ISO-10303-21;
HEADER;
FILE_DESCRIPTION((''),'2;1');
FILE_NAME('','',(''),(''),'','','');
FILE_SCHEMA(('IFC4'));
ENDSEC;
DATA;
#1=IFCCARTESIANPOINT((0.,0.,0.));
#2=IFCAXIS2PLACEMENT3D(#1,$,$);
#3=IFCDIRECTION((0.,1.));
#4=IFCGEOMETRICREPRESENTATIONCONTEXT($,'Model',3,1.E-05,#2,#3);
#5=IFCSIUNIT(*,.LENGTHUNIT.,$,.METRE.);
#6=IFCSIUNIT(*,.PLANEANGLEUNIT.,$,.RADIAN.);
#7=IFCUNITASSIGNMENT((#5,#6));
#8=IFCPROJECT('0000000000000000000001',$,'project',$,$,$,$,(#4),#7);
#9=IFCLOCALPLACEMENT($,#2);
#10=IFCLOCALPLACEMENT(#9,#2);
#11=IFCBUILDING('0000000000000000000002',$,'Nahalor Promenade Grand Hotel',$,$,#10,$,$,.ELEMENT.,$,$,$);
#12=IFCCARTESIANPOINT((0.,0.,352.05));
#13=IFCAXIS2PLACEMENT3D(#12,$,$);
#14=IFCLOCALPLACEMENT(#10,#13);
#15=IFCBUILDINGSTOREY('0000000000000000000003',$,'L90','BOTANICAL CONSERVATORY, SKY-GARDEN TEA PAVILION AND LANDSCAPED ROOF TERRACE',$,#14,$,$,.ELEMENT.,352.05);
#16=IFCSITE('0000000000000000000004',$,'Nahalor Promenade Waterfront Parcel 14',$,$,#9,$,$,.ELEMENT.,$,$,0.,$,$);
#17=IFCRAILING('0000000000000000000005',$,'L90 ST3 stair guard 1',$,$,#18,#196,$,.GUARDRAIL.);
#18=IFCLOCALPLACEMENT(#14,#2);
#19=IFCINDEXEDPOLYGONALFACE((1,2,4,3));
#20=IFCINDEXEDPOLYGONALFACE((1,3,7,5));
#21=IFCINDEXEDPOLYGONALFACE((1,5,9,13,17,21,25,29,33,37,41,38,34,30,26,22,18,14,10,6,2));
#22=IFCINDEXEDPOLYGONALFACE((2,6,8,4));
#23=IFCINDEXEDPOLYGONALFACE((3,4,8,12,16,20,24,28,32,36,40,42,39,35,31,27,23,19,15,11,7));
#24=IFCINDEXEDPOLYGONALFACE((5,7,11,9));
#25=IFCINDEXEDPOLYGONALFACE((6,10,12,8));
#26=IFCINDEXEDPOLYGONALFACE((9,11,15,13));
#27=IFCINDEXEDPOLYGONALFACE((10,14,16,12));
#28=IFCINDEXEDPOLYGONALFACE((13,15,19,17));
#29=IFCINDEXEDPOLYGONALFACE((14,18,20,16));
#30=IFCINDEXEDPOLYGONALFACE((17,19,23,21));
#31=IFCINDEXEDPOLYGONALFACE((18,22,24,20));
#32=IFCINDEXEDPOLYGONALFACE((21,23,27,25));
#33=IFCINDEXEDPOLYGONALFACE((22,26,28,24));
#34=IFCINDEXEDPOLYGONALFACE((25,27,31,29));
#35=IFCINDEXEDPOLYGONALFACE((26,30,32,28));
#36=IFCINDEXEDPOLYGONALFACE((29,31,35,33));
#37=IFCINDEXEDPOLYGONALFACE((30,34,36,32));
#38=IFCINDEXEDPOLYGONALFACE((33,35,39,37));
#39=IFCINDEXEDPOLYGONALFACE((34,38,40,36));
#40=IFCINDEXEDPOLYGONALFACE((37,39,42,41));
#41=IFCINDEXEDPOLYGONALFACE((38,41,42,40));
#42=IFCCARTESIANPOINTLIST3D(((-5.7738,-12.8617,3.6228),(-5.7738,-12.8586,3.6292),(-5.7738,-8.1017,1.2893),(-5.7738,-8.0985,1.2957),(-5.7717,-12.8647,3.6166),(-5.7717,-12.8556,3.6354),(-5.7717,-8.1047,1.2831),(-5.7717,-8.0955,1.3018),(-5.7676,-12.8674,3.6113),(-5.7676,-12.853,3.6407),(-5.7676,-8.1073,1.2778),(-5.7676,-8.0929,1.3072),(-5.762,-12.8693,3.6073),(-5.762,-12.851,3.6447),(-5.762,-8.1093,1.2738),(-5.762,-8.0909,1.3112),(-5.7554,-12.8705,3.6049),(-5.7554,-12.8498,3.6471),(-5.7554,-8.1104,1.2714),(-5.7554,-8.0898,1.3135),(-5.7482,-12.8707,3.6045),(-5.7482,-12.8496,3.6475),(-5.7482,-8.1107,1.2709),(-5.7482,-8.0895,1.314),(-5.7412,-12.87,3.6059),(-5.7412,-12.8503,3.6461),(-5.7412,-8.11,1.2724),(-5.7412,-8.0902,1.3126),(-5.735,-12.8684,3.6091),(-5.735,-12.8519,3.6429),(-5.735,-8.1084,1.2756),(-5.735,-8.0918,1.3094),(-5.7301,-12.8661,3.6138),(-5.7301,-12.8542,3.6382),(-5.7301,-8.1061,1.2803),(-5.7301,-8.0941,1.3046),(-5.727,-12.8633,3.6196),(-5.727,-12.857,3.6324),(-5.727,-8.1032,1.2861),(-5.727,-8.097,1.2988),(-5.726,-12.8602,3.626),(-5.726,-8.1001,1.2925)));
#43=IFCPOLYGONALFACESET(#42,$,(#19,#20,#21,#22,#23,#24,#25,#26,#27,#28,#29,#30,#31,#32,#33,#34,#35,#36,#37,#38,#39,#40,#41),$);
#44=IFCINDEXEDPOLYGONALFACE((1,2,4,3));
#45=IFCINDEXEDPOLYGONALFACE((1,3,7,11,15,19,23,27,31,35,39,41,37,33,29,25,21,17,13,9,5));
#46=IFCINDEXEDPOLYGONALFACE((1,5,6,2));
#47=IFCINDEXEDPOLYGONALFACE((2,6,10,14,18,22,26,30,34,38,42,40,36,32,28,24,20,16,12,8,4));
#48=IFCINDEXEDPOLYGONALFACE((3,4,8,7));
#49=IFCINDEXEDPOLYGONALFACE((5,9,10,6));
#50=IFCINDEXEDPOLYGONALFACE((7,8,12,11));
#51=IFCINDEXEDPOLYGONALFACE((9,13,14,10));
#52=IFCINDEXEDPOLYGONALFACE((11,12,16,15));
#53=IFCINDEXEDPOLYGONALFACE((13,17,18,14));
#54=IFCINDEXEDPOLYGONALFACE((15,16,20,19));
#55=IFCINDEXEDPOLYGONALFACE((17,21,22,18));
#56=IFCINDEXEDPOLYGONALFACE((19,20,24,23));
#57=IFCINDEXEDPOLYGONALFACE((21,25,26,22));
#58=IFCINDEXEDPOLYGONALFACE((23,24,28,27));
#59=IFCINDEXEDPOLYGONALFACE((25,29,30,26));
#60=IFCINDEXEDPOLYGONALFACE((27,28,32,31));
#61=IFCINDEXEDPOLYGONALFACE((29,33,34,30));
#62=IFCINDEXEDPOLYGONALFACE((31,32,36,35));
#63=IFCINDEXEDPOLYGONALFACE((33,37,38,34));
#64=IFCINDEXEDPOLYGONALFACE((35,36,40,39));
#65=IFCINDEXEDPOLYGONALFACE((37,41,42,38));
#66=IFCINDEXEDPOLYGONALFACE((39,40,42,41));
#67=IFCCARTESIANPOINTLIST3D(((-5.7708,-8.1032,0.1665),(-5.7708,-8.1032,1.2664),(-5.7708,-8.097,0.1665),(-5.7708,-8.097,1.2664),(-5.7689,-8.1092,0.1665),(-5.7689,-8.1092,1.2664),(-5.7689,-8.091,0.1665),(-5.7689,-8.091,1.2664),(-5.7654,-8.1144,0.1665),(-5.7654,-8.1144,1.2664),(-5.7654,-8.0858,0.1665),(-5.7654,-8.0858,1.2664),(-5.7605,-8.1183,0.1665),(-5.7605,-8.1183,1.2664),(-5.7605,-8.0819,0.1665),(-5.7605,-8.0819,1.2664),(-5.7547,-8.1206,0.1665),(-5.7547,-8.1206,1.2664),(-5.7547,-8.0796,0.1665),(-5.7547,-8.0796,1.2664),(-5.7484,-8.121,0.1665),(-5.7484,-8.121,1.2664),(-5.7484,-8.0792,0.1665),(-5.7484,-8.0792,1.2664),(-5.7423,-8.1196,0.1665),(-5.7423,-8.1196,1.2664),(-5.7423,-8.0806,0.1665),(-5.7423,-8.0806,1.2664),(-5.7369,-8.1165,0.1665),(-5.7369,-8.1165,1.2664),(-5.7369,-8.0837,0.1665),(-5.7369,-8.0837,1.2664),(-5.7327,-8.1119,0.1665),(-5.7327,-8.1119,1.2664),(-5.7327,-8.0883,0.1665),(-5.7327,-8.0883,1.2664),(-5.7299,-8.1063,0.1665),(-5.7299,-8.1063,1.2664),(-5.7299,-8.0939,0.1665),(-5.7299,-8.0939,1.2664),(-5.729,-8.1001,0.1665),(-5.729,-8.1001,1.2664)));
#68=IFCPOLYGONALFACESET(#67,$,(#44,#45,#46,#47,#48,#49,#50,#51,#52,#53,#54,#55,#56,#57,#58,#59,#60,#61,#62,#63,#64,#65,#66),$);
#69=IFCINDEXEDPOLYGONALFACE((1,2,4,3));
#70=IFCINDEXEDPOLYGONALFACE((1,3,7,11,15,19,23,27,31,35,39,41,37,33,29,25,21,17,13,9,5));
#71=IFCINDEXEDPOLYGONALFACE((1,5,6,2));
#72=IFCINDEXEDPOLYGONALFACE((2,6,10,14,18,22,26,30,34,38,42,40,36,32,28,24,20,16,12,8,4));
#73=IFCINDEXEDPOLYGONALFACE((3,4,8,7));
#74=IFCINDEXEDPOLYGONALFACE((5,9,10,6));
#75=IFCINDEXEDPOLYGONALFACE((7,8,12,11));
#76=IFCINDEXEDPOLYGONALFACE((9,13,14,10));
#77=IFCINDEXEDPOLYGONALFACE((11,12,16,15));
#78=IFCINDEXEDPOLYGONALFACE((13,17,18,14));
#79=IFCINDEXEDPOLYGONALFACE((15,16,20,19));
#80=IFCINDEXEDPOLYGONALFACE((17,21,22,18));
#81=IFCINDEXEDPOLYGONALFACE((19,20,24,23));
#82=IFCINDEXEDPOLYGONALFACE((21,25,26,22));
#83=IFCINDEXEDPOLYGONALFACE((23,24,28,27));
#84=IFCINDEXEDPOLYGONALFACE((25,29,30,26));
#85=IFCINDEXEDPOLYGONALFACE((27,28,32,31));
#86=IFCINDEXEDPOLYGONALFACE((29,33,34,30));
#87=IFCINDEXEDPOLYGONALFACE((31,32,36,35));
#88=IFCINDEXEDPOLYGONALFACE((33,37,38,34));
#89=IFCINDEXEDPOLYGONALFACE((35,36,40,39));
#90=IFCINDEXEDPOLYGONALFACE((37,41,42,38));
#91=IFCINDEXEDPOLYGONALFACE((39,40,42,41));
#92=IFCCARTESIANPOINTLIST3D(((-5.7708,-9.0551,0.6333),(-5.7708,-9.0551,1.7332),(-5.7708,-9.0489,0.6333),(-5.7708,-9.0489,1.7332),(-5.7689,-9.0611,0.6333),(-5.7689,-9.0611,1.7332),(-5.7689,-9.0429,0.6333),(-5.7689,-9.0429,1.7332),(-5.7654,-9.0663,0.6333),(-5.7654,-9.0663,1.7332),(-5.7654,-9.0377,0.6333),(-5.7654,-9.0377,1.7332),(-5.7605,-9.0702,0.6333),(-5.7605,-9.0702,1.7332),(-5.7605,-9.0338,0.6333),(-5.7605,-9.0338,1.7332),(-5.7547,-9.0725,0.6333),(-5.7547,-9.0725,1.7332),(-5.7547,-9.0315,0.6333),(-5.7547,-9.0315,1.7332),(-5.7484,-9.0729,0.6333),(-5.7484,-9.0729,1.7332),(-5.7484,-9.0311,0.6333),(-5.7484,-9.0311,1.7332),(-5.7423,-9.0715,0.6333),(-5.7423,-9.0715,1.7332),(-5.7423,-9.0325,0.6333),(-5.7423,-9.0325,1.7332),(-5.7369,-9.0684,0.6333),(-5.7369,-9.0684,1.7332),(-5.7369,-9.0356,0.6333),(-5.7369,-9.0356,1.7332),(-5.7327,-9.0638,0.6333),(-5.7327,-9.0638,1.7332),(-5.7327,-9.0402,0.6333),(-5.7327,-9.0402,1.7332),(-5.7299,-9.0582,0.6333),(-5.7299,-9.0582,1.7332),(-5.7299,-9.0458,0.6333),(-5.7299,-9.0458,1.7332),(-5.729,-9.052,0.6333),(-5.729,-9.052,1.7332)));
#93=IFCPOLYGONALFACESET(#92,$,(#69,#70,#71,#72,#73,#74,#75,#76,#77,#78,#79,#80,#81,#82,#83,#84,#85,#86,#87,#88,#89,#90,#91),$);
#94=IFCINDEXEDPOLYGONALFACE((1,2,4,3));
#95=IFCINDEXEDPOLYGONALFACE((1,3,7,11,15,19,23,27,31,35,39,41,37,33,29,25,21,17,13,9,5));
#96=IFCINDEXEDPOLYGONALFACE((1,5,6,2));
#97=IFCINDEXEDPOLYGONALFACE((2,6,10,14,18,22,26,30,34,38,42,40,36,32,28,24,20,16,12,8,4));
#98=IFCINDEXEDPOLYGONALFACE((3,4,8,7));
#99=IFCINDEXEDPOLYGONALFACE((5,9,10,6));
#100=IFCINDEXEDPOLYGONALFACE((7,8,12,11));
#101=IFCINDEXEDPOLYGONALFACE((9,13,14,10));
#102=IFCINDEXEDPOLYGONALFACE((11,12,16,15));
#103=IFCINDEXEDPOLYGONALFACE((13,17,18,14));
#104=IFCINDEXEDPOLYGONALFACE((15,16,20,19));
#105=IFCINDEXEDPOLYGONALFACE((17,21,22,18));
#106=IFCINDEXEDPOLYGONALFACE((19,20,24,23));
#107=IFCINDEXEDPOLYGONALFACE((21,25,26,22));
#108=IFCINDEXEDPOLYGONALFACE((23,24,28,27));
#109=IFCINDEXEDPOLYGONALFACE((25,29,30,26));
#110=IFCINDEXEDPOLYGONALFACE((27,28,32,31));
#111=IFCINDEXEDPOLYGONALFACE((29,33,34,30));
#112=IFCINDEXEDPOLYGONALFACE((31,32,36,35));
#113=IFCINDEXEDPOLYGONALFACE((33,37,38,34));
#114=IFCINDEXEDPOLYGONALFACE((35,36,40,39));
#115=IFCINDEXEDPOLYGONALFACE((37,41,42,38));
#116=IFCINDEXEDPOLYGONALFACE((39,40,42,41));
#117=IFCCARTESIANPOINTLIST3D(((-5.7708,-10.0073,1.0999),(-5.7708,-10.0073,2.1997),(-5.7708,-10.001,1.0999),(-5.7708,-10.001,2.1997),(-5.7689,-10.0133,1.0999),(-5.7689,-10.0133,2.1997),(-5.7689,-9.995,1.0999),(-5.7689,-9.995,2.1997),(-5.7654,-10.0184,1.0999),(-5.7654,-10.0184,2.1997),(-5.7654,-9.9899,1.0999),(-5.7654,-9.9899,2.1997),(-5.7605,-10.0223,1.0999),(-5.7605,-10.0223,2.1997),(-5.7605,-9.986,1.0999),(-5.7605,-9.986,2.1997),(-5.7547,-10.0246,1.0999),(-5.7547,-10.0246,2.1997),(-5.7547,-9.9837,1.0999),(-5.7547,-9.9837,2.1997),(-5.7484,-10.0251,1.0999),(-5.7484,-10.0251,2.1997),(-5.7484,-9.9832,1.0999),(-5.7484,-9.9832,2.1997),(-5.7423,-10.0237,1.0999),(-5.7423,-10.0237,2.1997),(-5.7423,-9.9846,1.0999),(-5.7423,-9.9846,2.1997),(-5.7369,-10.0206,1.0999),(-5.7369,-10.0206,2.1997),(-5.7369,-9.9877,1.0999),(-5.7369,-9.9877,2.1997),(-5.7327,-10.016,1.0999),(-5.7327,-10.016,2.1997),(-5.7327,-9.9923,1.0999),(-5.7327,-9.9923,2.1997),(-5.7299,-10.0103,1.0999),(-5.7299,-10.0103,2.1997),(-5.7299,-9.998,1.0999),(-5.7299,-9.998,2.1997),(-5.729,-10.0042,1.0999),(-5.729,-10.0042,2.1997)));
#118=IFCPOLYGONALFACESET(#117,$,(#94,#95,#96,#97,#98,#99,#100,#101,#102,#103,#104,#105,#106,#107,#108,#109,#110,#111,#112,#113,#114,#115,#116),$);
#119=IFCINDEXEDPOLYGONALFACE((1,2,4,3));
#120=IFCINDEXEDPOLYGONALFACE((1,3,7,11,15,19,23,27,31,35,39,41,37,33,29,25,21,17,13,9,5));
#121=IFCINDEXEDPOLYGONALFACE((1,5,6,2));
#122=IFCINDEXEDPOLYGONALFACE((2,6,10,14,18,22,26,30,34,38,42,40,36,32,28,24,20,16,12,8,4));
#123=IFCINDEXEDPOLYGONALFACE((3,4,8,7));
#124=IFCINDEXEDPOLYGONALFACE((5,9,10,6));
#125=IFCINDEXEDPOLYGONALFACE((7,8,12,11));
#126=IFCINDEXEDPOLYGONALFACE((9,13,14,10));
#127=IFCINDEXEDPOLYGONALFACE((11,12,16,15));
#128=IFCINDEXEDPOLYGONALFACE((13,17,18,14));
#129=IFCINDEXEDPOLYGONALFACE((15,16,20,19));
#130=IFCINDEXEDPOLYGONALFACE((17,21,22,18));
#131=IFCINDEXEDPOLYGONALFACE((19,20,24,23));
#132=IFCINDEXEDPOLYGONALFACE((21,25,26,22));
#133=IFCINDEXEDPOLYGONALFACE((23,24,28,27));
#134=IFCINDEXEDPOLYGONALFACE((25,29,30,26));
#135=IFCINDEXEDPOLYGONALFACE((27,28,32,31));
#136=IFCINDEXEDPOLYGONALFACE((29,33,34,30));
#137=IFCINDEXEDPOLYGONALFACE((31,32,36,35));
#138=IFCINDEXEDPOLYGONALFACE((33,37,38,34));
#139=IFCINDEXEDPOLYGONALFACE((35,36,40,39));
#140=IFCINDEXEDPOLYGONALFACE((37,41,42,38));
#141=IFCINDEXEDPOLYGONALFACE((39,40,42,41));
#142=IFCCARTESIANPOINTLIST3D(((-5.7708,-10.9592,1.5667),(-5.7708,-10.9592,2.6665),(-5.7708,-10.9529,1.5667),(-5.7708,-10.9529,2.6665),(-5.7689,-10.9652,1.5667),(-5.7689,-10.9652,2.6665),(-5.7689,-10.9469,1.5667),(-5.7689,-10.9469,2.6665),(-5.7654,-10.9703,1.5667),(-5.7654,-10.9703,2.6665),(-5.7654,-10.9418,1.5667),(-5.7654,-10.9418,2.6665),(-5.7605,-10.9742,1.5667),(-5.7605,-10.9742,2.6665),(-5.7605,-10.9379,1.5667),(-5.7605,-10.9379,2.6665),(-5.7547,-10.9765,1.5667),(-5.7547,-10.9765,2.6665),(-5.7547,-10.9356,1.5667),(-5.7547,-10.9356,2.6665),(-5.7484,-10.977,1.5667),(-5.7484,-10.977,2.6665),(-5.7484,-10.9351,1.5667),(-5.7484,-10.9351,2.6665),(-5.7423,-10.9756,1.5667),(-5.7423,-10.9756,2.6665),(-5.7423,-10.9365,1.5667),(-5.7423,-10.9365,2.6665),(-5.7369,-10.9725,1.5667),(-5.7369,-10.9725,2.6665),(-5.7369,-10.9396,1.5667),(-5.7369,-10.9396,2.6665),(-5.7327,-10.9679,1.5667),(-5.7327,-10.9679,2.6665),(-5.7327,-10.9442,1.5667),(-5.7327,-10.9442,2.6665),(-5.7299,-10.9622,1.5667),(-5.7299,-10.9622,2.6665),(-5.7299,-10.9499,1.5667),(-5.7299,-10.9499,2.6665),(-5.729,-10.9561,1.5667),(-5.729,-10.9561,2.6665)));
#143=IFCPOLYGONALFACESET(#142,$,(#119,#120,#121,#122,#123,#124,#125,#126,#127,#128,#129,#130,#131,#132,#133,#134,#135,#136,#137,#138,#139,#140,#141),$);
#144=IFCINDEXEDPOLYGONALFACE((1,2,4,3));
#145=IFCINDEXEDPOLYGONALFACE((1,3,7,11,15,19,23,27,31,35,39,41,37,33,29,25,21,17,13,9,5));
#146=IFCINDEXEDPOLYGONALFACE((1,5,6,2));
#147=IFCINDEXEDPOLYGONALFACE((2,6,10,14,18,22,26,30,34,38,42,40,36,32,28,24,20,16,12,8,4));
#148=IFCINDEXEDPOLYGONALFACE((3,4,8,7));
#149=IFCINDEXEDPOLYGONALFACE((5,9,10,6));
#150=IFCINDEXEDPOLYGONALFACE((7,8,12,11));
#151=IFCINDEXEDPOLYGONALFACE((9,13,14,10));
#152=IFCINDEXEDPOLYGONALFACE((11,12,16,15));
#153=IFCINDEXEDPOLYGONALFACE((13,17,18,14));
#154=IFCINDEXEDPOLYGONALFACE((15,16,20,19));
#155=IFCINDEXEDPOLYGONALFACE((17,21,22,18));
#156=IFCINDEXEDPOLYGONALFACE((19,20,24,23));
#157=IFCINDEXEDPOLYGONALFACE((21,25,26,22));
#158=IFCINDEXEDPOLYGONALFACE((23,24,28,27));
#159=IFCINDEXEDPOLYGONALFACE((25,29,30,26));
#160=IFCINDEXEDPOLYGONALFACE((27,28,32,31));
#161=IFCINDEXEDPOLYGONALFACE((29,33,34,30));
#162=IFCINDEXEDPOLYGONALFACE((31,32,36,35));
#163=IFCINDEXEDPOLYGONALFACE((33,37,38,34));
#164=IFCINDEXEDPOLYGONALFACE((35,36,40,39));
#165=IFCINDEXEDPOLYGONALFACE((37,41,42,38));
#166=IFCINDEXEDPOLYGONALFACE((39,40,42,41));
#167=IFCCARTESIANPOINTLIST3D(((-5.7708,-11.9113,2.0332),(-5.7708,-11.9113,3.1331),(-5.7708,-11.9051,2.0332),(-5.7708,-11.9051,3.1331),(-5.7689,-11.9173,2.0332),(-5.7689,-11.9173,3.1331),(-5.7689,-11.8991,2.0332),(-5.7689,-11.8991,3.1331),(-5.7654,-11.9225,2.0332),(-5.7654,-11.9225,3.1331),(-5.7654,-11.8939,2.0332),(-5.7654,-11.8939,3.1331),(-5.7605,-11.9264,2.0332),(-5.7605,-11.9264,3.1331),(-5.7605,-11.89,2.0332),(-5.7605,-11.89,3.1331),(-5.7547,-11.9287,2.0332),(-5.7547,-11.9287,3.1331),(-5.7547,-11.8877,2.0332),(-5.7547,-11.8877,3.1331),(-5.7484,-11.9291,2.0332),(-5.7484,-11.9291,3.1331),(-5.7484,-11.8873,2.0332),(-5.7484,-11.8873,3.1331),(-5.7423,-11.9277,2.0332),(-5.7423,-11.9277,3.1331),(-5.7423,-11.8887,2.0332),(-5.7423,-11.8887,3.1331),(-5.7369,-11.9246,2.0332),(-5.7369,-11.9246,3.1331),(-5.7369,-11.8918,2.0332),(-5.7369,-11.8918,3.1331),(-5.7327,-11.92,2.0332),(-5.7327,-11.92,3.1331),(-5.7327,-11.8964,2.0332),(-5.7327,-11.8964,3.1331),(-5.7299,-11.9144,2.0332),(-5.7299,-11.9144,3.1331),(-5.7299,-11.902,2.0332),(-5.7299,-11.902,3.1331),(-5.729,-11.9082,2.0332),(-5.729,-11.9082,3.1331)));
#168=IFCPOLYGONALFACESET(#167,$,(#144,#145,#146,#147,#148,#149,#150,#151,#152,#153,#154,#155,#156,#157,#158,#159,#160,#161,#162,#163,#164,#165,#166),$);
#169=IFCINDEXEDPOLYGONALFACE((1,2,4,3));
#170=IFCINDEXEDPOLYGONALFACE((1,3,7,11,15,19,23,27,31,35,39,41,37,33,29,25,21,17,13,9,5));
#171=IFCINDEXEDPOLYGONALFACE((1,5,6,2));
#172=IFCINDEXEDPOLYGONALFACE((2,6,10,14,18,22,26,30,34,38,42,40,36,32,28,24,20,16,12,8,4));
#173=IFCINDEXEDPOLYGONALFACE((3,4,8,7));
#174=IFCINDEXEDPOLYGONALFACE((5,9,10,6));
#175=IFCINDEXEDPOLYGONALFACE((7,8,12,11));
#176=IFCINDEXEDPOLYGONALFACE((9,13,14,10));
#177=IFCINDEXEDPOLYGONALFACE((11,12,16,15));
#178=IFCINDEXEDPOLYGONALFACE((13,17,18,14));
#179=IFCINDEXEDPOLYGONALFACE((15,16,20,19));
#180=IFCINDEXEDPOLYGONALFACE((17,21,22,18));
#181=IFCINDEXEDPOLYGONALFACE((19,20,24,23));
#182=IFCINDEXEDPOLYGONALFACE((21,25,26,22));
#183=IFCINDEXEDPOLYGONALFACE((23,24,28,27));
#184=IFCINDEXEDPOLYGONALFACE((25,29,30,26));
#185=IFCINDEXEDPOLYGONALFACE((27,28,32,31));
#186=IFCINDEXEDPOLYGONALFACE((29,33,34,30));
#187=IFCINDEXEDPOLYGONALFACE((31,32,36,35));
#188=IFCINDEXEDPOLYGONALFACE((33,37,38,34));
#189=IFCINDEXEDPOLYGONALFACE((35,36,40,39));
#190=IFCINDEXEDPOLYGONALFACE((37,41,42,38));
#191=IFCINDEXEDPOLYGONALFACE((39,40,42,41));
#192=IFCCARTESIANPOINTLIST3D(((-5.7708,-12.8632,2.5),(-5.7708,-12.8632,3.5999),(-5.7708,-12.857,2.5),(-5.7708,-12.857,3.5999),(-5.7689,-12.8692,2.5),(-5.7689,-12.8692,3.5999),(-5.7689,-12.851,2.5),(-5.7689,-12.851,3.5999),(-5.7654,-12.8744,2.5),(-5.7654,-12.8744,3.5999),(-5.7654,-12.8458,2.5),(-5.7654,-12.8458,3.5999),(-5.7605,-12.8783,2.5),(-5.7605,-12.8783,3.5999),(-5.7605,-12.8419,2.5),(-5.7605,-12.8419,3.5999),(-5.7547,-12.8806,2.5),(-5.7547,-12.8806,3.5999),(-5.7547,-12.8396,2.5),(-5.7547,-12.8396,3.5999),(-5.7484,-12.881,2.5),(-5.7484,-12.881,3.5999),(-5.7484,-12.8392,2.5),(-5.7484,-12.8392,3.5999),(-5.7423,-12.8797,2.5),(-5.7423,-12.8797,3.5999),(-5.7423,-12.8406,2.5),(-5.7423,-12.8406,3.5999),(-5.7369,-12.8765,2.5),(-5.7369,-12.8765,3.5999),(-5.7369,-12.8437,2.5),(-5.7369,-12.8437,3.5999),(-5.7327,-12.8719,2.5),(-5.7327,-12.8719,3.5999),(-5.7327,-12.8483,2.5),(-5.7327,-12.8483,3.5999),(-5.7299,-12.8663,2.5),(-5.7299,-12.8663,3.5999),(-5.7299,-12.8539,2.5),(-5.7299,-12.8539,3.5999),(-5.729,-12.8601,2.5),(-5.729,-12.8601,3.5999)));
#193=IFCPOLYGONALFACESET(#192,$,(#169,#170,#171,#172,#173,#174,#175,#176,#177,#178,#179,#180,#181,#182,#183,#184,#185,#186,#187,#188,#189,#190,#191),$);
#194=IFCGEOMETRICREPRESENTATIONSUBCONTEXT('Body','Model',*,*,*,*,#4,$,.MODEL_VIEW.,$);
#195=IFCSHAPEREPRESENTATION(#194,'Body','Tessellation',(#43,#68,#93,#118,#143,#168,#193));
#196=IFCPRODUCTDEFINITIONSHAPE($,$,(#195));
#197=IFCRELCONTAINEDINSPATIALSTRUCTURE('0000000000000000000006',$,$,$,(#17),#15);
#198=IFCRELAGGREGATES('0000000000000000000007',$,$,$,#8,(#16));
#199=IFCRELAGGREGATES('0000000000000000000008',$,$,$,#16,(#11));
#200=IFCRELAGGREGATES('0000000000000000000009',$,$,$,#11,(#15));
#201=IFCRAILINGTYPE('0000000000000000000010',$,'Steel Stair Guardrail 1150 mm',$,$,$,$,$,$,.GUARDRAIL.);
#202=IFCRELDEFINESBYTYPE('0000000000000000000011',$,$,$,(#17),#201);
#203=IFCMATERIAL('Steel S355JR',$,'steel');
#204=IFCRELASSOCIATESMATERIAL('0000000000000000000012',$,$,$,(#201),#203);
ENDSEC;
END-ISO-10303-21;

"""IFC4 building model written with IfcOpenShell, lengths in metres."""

from ifc_helpers import new_model, si_unit, direction, frame, origin, origin_2d, place, context, subcontext, project, spatial, circle, extrude, material, type_object, element, save


model = new_model("IFC4")

# Units and contexts
model_context = context("Model", 3, precision=1e-05, world=origin(), true_north=direction((0.0, 1.0)))
body_context = subcontext(model_context, "Body", "Model", "MODEL_VIEW")
ifc_project = project(units=[si_unit("LENGTHUNIT", "METRE"), si_unit("PLANEANGLEUNIT", "RADIAN")], contexts=[model_context])

# Site, building, storey
site_placement = place(None, origin())
site = spatial("IfcSite", under=ifc_project, at=site_placement, Name="Nahalor Promenade Waterfront Parcel 14", CompositionType="ELEMENT", RefElevation=0.0)
building_placement = place(site_placement, origin())
building = spatial("IfcBuilding", under=site, at=building_placement, Name="Nahalor Promenade Grand Hotel", CompositionType="ELEMENT")
storey_placement = place(building_placement, frame((0.0, 0.0, 352.05)))
storey = spatial("IfcBuildingStorey", under=building, at=storey_placement, Name="L90", Description="BOTANICAL CONSERVATORY, SKY-GARDEN TEA PAVILION AND LANDSCAPED ROOF TERRACE", CompositionType="ELEMENT", Elevation=352.05)

# Shared definitions
ifc_material_1 = material(Name="Steel S355JR", Category="steel")

# Railing
railing_type_1 = type_object("IfcRailingType", Name="Steel Stair Guardrail 1150 mm", PredefinedType="GUARDRAIL", material=ifc_material_1)
railing_1_placement = place(storey_placement, frame((-5.75, -8.1001, 0.1665)))
element("IfcRailing", 1, at=railing_1_placement, inside=storey, type_object=railing_type_1, Name="L90 ST3 stair guard 1", PredefinedType="GUARDRAIL", context=body_context, shape_type="SweptSolid", body=[
    extrude(circle(Radius=0.024, at=origin_2d()), frame((0.0, 0.0, 1.126), z_axis=(0.0, -0.897909, 0.440181), x_axis=(1.0, 0.0, 0.0)), (0.0, 0.0, 1.0), 5.3013),
    extrude(circle(Radius=0.021, at=origin_2d()), origin(), (0.0, 0.0, 1.0), 1.0999),
    extrude(circle(Radius=0.021, at=origin_2d()), frame((0.0, -0.9519, 0.4668)), (0.0, 0.0, 1.0), 1.0999),
    extrude(circle(Radius=0.021, at=origin_2d()), frame((0.0, -1.9041, 0.9333)), (0.0, 0.0, 1.0), 1.0999),
    extrude(circle(Radius=0.021, at=origin_2d()), frame((0.0, -2.856, 1.4001)), (0.0, 0.0, 1.0), 1.0999),
    extrude(circle(Radius=0.021, at=origin_2d()), frame((0.0, -3.8081, 1.8667)), (0.0, 0.0, 1.0), 1.0999),
    extrude(circle(Radius=0.021, at=origin_2d()), frame((0.0, -4.76, 2.3335)), (0.0, 0.0, 1.0), 1.0999),
])

save(model, "model.ifc")
